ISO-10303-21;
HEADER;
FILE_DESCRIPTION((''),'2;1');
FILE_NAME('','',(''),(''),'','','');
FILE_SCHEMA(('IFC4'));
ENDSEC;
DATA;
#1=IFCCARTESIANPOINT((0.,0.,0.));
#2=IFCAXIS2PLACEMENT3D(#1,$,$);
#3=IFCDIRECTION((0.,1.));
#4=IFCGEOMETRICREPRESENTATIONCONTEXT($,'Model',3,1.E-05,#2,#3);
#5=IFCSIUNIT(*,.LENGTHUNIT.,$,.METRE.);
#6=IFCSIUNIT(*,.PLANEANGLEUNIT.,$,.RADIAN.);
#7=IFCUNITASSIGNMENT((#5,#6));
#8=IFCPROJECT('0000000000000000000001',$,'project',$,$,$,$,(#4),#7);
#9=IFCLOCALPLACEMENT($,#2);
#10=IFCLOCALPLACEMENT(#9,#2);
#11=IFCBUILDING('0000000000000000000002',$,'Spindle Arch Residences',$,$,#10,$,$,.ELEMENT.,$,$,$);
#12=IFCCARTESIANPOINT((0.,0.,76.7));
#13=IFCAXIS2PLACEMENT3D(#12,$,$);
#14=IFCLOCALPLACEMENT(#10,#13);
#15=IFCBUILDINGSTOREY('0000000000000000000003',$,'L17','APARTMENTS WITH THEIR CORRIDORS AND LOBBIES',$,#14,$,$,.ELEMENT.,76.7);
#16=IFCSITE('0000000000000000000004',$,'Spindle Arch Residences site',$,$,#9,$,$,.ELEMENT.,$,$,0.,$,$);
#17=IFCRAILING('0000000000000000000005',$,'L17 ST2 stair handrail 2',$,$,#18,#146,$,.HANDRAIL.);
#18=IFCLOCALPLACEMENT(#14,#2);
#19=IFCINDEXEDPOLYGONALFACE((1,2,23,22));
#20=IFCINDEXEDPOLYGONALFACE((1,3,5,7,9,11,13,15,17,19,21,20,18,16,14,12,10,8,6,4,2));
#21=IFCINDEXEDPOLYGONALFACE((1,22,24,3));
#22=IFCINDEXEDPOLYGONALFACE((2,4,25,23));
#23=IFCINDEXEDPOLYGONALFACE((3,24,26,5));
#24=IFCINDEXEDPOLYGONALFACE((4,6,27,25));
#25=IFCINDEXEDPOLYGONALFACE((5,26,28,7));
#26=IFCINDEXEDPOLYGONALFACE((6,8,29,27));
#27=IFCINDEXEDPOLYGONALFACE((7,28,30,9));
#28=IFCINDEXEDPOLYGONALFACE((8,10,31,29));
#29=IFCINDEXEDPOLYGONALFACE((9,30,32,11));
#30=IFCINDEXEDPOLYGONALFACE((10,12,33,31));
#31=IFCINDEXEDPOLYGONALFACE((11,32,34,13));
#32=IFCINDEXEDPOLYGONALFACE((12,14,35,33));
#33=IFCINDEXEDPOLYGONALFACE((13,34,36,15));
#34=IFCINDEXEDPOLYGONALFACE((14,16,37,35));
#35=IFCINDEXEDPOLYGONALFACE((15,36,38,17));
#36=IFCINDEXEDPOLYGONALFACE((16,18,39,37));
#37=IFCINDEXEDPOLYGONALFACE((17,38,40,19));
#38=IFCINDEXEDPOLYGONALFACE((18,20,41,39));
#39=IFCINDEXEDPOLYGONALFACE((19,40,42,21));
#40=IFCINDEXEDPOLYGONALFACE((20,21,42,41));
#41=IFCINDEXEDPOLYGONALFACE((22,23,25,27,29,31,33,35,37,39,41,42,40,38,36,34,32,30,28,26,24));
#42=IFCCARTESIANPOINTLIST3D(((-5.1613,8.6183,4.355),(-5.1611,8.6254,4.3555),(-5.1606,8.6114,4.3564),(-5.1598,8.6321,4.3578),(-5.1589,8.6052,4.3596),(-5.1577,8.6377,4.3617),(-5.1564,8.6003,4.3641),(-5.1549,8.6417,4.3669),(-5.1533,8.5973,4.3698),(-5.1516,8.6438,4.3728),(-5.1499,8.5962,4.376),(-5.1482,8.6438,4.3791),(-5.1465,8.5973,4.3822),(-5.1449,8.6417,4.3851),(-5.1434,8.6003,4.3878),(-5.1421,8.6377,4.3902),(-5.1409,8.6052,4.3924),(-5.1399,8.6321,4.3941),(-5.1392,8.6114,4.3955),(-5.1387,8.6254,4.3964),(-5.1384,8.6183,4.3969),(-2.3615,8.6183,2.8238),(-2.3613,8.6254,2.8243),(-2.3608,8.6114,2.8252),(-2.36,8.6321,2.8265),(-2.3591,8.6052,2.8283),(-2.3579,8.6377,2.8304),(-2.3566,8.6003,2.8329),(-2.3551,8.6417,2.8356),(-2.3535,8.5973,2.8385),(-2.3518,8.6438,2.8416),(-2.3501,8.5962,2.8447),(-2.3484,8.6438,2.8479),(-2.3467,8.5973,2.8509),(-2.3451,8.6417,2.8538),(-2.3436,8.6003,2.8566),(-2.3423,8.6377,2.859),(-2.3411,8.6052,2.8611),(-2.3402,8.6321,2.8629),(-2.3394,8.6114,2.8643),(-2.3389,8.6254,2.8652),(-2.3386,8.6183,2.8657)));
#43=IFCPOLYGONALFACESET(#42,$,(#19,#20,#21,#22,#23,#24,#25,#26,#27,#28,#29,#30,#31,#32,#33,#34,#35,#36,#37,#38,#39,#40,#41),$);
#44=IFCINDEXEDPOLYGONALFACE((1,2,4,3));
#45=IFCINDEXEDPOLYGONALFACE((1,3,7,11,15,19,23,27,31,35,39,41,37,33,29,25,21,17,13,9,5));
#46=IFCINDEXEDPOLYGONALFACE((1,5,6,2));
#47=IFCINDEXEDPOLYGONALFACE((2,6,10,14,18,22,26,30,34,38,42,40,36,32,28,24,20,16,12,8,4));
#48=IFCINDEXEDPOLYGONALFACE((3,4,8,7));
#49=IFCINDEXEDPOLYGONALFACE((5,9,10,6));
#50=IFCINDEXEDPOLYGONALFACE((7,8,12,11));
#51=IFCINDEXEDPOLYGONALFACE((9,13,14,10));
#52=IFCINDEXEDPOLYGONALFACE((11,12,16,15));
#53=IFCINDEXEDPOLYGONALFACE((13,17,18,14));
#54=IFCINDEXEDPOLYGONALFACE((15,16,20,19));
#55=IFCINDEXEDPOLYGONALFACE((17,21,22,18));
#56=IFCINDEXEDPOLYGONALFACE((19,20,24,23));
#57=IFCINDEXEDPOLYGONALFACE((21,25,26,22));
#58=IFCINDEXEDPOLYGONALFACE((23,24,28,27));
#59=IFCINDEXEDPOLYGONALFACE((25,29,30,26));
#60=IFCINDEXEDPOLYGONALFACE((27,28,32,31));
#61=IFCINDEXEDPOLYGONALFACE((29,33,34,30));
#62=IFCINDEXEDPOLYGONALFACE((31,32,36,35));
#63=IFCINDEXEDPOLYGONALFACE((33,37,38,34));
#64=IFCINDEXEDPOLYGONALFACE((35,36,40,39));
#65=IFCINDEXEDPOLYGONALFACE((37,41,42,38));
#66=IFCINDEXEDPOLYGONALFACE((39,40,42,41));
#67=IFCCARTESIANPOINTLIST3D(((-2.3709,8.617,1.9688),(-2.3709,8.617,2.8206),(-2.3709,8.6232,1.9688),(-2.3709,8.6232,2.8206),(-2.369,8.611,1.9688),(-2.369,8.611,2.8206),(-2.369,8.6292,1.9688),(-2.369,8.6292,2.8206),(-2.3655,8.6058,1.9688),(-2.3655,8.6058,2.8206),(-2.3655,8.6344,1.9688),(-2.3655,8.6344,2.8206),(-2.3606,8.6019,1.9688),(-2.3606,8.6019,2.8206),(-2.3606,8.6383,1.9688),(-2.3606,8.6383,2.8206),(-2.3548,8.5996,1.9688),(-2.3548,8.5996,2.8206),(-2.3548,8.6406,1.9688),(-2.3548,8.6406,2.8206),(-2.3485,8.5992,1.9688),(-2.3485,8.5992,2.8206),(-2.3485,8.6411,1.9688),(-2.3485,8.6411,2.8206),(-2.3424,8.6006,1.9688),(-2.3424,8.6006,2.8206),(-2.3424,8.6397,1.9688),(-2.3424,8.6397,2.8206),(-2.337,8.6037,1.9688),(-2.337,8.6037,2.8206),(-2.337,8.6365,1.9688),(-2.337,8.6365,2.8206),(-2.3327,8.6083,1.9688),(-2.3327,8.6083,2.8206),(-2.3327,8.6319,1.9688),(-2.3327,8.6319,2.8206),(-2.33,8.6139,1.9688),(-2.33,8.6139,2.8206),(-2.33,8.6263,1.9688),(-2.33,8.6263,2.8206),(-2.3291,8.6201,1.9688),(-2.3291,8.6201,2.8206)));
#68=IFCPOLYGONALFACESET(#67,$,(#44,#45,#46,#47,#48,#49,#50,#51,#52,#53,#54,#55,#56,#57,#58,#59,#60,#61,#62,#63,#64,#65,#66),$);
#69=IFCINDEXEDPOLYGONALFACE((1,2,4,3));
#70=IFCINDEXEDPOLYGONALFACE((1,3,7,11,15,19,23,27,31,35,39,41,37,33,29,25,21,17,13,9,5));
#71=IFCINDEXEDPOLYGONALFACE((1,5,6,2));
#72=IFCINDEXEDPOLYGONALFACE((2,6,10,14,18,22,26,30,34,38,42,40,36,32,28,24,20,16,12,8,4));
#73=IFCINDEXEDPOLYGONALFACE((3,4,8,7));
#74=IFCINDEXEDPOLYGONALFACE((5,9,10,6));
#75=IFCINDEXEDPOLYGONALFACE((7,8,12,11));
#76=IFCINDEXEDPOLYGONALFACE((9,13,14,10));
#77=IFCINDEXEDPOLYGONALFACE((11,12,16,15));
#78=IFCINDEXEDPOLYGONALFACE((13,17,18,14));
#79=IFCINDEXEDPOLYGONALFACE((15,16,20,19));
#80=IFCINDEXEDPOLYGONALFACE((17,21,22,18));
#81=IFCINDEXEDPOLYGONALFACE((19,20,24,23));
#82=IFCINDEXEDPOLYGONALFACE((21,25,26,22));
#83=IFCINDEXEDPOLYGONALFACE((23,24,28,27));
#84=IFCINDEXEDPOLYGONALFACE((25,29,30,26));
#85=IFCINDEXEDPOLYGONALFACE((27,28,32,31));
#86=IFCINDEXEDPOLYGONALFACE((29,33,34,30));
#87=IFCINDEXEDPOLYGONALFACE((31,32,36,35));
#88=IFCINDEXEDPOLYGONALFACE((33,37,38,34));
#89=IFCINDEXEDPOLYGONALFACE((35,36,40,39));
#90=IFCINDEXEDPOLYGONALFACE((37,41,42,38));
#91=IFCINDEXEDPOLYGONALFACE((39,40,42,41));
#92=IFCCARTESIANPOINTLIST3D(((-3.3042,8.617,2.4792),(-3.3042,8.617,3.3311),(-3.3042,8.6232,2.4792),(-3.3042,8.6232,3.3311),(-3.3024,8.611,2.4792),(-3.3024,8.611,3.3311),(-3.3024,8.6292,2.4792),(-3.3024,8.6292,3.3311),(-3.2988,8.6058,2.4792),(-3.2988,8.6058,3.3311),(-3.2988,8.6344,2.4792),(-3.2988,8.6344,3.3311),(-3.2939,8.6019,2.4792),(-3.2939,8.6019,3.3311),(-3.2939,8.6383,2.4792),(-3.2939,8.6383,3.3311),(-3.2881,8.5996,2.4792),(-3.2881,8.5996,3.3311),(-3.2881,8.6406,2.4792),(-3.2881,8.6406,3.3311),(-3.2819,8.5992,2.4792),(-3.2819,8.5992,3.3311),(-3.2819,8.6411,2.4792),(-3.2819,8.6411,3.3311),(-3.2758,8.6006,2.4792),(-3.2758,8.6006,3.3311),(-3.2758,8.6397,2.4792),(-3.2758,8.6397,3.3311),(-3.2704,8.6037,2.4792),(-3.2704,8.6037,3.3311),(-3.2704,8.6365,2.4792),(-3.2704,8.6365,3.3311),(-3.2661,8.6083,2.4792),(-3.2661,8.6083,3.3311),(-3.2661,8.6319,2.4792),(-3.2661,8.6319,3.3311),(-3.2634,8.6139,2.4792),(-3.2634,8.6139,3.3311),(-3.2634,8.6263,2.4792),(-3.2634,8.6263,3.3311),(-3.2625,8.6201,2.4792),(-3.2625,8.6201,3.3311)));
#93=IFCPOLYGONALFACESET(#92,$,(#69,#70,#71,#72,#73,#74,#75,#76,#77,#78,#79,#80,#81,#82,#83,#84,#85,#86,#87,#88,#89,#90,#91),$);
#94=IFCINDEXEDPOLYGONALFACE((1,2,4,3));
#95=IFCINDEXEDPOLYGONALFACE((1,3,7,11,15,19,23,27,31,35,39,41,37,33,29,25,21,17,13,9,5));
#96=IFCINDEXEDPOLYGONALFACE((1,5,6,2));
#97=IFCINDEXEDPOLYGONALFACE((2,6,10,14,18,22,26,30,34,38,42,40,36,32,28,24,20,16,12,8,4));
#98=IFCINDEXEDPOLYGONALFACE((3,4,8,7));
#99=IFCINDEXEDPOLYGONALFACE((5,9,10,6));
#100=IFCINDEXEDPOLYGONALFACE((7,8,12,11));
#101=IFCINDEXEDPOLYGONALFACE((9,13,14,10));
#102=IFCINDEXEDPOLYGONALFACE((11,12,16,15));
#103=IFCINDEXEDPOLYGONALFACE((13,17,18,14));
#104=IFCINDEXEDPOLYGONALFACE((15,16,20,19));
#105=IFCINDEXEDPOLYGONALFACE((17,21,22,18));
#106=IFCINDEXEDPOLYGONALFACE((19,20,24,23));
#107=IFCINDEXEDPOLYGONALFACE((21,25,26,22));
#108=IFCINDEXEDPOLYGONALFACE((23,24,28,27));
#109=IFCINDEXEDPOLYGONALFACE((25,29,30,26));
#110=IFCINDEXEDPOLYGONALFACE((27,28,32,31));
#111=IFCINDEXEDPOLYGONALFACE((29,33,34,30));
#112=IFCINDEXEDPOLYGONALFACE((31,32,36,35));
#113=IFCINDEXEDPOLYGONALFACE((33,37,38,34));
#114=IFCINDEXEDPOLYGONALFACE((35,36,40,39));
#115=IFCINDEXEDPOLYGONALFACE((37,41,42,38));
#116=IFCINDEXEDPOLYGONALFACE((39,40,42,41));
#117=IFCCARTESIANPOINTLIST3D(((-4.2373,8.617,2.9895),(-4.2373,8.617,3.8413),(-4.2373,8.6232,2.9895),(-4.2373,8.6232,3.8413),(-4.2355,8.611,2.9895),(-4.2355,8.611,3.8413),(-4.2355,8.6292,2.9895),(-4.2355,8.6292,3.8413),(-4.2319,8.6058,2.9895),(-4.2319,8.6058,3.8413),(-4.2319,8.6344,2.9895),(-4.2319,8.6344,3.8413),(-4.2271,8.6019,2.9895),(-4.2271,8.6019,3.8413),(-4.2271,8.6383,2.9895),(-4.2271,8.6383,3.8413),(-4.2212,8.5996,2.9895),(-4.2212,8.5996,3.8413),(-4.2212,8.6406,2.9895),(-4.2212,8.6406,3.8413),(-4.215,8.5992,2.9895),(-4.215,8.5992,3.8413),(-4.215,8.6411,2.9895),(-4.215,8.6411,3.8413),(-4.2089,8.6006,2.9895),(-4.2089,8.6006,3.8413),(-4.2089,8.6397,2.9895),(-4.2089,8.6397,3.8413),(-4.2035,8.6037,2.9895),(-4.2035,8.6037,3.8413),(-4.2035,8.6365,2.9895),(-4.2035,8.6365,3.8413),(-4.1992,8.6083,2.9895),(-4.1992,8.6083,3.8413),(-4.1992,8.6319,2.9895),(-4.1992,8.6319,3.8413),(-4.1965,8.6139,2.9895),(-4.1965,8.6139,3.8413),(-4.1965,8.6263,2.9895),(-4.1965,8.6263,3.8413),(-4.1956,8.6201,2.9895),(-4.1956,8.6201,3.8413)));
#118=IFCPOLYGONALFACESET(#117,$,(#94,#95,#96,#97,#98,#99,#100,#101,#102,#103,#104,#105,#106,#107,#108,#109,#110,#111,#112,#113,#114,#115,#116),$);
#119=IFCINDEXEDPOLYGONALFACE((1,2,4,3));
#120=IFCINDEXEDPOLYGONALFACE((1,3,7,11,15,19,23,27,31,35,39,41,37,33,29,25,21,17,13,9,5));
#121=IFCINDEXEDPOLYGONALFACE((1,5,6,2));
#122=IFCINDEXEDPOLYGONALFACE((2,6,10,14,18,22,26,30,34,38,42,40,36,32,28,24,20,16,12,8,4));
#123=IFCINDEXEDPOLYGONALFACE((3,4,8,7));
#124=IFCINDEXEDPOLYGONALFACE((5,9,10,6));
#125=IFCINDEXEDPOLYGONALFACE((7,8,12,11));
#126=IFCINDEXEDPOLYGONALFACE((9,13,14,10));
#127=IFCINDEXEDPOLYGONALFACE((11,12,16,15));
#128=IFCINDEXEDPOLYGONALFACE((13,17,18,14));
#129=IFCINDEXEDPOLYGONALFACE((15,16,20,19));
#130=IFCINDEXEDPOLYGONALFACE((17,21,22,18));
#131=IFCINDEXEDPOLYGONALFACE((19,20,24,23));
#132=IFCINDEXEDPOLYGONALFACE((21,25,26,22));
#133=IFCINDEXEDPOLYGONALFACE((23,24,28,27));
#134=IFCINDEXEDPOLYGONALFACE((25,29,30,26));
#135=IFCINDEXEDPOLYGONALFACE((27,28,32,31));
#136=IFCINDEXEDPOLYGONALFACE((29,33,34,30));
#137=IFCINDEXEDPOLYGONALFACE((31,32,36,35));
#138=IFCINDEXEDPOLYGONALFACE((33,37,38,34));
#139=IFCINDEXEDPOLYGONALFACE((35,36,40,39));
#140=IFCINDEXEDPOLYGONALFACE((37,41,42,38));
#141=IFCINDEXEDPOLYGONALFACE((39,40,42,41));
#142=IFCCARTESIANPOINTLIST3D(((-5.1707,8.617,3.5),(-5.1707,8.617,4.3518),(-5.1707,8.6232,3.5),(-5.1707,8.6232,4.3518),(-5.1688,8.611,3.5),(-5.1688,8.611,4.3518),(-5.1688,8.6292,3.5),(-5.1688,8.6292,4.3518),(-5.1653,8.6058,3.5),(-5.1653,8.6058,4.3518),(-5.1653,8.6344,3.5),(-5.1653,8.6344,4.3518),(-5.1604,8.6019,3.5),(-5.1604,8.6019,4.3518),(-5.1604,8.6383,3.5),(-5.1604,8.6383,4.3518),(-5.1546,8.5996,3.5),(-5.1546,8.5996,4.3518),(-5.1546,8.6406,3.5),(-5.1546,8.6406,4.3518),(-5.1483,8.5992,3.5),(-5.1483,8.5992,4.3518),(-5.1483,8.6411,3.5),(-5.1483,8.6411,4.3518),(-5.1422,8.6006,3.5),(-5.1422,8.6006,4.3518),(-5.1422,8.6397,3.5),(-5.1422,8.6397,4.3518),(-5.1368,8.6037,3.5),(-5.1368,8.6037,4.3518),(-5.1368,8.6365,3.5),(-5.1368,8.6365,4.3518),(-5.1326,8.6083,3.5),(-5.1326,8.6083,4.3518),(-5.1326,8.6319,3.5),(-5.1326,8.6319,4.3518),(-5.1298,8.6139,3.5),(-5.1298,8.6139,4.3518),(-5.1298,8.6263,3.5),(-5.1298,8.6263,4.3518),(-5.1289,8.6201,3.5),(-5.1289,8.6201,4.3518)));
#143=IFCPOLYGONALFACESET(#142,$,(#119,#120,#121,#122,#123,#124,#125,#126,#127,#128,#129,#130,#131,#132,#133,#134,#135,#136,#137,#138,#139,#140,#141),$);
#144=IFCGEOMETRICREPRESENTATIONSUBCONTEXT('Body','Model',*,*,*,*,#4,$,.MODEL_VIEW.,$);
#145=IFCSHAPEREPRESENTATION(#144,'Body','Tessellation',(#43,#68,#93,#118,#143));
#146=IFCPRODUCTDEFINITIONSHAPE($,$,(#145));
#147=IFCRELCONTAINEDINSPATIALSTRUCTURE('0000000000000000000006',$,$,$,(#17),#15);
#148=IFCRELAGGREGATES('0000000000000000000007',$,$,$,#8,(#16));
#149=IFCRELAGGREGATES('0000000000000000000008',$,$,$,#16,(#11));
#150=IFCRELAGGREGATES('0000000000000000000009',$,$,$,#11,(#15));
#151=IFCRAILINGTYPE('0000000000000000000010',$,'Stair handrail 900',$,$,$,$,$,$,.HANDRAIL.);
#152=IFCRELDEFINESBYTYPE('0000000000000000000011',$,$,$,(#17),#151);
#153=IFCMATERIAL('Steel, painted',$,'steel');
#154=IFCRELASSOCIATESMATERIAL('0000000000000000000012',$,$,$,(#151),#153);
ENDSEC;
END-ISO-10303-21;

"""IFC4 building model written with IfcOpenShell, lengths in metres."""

from ifc_helpers import new_model, si_unit, direction, frame, origin, origin_2d, place, context, subcontext, project, spatial, circle, extrude, material, type_object, element, save


model = new_model("IFC4")

# Units and contexts
model_context = context("Model", 3, precision=1e-05, world=origin(), true_north=direction((0.0, 1.0)))
body_context = subcontext(model_context, "Body", "Model", "MODEL_VIEW")
ifc_project = project(units=[si_unit("LENGTHUNIT", "METRE"), si_unit("PLANEANGLEUNIT", "RADIAN")], contexts=[model_context])

# Site, building, storey
site_placement = place(None, origin())
site = spatial("IfcSite", under=ifc_project, at=site_placement, Name="Spindle Arch Residences site", CompositionType="ELEMENT", RefElevation=0.0)
building_placement = place(site_placement, origin())
building = spatial("IfcBuilding", under=site, at=building_placement, Name="Spindle Arch Residences", CompositionType="ELEMENT")
storey_placement = place(building_placement, frame((0.0, 0.0, 76.7)))
storey = spatial("IfcBuildingStorey", under=building, at=storey_placement, Name="L17", Description="APARTMENTS WITH THEIR CORRIDORS AND LOBBIES", CompositionType="ELEMENT", Elevation=76.7)

# Railing
ifc_material_1 = material(Name="Steel, painted", Category="steel")
railing_type = type_object("IfcRailingType", Name="Stair handrail 900", PredefinedType="HANDRAIL", material=ifc_material_1)
railing_placement = place(storey_placement, frame((-2.3501, 8.6201, 1.9688)))
element("IfcRailing", 1, at=railing_placement, inside=storey, type_object=railing_type, Name="L17 ST2 stair handrail 2", PredefinedType="HANDRAIL", context=body_context, shape_type="SweptSolid", body=[
    extrude(circle(Radius=0.0239, at=origin_2d()), frame((0.0, 0.0, 0.876), z_axis=(-0.877357, 0.0, 0.479838), x_axis=(0.0, -1.0, 0.0)), (0.0, 0.0, 1.0), 3.1912),
    extrude(circle(Radius=0.021, at=origin_2d()), origin(), (0.0, 0.0, 1.0), 0.8518),
    extrude(circle(Radius=0.021, at=origin_2d()), frame((-0.9333, 0.0, 0.5105)), (0.0, 0.0, 1.0), 0.8518),
    extrude(circle(Radius=0.021, at=origin_2d()), frame((-1.8665, 0.0, 1.0208)), (0.0, 0.0, 1.0), 0.8518),
    extrude(circle(Radius=0.021, at=origin_2d()), frame((-2.7998, 0.0, 1.5312)), (0.0, 0.0, 1.0), 0.8518),
])

save(model, "model.ifc")
